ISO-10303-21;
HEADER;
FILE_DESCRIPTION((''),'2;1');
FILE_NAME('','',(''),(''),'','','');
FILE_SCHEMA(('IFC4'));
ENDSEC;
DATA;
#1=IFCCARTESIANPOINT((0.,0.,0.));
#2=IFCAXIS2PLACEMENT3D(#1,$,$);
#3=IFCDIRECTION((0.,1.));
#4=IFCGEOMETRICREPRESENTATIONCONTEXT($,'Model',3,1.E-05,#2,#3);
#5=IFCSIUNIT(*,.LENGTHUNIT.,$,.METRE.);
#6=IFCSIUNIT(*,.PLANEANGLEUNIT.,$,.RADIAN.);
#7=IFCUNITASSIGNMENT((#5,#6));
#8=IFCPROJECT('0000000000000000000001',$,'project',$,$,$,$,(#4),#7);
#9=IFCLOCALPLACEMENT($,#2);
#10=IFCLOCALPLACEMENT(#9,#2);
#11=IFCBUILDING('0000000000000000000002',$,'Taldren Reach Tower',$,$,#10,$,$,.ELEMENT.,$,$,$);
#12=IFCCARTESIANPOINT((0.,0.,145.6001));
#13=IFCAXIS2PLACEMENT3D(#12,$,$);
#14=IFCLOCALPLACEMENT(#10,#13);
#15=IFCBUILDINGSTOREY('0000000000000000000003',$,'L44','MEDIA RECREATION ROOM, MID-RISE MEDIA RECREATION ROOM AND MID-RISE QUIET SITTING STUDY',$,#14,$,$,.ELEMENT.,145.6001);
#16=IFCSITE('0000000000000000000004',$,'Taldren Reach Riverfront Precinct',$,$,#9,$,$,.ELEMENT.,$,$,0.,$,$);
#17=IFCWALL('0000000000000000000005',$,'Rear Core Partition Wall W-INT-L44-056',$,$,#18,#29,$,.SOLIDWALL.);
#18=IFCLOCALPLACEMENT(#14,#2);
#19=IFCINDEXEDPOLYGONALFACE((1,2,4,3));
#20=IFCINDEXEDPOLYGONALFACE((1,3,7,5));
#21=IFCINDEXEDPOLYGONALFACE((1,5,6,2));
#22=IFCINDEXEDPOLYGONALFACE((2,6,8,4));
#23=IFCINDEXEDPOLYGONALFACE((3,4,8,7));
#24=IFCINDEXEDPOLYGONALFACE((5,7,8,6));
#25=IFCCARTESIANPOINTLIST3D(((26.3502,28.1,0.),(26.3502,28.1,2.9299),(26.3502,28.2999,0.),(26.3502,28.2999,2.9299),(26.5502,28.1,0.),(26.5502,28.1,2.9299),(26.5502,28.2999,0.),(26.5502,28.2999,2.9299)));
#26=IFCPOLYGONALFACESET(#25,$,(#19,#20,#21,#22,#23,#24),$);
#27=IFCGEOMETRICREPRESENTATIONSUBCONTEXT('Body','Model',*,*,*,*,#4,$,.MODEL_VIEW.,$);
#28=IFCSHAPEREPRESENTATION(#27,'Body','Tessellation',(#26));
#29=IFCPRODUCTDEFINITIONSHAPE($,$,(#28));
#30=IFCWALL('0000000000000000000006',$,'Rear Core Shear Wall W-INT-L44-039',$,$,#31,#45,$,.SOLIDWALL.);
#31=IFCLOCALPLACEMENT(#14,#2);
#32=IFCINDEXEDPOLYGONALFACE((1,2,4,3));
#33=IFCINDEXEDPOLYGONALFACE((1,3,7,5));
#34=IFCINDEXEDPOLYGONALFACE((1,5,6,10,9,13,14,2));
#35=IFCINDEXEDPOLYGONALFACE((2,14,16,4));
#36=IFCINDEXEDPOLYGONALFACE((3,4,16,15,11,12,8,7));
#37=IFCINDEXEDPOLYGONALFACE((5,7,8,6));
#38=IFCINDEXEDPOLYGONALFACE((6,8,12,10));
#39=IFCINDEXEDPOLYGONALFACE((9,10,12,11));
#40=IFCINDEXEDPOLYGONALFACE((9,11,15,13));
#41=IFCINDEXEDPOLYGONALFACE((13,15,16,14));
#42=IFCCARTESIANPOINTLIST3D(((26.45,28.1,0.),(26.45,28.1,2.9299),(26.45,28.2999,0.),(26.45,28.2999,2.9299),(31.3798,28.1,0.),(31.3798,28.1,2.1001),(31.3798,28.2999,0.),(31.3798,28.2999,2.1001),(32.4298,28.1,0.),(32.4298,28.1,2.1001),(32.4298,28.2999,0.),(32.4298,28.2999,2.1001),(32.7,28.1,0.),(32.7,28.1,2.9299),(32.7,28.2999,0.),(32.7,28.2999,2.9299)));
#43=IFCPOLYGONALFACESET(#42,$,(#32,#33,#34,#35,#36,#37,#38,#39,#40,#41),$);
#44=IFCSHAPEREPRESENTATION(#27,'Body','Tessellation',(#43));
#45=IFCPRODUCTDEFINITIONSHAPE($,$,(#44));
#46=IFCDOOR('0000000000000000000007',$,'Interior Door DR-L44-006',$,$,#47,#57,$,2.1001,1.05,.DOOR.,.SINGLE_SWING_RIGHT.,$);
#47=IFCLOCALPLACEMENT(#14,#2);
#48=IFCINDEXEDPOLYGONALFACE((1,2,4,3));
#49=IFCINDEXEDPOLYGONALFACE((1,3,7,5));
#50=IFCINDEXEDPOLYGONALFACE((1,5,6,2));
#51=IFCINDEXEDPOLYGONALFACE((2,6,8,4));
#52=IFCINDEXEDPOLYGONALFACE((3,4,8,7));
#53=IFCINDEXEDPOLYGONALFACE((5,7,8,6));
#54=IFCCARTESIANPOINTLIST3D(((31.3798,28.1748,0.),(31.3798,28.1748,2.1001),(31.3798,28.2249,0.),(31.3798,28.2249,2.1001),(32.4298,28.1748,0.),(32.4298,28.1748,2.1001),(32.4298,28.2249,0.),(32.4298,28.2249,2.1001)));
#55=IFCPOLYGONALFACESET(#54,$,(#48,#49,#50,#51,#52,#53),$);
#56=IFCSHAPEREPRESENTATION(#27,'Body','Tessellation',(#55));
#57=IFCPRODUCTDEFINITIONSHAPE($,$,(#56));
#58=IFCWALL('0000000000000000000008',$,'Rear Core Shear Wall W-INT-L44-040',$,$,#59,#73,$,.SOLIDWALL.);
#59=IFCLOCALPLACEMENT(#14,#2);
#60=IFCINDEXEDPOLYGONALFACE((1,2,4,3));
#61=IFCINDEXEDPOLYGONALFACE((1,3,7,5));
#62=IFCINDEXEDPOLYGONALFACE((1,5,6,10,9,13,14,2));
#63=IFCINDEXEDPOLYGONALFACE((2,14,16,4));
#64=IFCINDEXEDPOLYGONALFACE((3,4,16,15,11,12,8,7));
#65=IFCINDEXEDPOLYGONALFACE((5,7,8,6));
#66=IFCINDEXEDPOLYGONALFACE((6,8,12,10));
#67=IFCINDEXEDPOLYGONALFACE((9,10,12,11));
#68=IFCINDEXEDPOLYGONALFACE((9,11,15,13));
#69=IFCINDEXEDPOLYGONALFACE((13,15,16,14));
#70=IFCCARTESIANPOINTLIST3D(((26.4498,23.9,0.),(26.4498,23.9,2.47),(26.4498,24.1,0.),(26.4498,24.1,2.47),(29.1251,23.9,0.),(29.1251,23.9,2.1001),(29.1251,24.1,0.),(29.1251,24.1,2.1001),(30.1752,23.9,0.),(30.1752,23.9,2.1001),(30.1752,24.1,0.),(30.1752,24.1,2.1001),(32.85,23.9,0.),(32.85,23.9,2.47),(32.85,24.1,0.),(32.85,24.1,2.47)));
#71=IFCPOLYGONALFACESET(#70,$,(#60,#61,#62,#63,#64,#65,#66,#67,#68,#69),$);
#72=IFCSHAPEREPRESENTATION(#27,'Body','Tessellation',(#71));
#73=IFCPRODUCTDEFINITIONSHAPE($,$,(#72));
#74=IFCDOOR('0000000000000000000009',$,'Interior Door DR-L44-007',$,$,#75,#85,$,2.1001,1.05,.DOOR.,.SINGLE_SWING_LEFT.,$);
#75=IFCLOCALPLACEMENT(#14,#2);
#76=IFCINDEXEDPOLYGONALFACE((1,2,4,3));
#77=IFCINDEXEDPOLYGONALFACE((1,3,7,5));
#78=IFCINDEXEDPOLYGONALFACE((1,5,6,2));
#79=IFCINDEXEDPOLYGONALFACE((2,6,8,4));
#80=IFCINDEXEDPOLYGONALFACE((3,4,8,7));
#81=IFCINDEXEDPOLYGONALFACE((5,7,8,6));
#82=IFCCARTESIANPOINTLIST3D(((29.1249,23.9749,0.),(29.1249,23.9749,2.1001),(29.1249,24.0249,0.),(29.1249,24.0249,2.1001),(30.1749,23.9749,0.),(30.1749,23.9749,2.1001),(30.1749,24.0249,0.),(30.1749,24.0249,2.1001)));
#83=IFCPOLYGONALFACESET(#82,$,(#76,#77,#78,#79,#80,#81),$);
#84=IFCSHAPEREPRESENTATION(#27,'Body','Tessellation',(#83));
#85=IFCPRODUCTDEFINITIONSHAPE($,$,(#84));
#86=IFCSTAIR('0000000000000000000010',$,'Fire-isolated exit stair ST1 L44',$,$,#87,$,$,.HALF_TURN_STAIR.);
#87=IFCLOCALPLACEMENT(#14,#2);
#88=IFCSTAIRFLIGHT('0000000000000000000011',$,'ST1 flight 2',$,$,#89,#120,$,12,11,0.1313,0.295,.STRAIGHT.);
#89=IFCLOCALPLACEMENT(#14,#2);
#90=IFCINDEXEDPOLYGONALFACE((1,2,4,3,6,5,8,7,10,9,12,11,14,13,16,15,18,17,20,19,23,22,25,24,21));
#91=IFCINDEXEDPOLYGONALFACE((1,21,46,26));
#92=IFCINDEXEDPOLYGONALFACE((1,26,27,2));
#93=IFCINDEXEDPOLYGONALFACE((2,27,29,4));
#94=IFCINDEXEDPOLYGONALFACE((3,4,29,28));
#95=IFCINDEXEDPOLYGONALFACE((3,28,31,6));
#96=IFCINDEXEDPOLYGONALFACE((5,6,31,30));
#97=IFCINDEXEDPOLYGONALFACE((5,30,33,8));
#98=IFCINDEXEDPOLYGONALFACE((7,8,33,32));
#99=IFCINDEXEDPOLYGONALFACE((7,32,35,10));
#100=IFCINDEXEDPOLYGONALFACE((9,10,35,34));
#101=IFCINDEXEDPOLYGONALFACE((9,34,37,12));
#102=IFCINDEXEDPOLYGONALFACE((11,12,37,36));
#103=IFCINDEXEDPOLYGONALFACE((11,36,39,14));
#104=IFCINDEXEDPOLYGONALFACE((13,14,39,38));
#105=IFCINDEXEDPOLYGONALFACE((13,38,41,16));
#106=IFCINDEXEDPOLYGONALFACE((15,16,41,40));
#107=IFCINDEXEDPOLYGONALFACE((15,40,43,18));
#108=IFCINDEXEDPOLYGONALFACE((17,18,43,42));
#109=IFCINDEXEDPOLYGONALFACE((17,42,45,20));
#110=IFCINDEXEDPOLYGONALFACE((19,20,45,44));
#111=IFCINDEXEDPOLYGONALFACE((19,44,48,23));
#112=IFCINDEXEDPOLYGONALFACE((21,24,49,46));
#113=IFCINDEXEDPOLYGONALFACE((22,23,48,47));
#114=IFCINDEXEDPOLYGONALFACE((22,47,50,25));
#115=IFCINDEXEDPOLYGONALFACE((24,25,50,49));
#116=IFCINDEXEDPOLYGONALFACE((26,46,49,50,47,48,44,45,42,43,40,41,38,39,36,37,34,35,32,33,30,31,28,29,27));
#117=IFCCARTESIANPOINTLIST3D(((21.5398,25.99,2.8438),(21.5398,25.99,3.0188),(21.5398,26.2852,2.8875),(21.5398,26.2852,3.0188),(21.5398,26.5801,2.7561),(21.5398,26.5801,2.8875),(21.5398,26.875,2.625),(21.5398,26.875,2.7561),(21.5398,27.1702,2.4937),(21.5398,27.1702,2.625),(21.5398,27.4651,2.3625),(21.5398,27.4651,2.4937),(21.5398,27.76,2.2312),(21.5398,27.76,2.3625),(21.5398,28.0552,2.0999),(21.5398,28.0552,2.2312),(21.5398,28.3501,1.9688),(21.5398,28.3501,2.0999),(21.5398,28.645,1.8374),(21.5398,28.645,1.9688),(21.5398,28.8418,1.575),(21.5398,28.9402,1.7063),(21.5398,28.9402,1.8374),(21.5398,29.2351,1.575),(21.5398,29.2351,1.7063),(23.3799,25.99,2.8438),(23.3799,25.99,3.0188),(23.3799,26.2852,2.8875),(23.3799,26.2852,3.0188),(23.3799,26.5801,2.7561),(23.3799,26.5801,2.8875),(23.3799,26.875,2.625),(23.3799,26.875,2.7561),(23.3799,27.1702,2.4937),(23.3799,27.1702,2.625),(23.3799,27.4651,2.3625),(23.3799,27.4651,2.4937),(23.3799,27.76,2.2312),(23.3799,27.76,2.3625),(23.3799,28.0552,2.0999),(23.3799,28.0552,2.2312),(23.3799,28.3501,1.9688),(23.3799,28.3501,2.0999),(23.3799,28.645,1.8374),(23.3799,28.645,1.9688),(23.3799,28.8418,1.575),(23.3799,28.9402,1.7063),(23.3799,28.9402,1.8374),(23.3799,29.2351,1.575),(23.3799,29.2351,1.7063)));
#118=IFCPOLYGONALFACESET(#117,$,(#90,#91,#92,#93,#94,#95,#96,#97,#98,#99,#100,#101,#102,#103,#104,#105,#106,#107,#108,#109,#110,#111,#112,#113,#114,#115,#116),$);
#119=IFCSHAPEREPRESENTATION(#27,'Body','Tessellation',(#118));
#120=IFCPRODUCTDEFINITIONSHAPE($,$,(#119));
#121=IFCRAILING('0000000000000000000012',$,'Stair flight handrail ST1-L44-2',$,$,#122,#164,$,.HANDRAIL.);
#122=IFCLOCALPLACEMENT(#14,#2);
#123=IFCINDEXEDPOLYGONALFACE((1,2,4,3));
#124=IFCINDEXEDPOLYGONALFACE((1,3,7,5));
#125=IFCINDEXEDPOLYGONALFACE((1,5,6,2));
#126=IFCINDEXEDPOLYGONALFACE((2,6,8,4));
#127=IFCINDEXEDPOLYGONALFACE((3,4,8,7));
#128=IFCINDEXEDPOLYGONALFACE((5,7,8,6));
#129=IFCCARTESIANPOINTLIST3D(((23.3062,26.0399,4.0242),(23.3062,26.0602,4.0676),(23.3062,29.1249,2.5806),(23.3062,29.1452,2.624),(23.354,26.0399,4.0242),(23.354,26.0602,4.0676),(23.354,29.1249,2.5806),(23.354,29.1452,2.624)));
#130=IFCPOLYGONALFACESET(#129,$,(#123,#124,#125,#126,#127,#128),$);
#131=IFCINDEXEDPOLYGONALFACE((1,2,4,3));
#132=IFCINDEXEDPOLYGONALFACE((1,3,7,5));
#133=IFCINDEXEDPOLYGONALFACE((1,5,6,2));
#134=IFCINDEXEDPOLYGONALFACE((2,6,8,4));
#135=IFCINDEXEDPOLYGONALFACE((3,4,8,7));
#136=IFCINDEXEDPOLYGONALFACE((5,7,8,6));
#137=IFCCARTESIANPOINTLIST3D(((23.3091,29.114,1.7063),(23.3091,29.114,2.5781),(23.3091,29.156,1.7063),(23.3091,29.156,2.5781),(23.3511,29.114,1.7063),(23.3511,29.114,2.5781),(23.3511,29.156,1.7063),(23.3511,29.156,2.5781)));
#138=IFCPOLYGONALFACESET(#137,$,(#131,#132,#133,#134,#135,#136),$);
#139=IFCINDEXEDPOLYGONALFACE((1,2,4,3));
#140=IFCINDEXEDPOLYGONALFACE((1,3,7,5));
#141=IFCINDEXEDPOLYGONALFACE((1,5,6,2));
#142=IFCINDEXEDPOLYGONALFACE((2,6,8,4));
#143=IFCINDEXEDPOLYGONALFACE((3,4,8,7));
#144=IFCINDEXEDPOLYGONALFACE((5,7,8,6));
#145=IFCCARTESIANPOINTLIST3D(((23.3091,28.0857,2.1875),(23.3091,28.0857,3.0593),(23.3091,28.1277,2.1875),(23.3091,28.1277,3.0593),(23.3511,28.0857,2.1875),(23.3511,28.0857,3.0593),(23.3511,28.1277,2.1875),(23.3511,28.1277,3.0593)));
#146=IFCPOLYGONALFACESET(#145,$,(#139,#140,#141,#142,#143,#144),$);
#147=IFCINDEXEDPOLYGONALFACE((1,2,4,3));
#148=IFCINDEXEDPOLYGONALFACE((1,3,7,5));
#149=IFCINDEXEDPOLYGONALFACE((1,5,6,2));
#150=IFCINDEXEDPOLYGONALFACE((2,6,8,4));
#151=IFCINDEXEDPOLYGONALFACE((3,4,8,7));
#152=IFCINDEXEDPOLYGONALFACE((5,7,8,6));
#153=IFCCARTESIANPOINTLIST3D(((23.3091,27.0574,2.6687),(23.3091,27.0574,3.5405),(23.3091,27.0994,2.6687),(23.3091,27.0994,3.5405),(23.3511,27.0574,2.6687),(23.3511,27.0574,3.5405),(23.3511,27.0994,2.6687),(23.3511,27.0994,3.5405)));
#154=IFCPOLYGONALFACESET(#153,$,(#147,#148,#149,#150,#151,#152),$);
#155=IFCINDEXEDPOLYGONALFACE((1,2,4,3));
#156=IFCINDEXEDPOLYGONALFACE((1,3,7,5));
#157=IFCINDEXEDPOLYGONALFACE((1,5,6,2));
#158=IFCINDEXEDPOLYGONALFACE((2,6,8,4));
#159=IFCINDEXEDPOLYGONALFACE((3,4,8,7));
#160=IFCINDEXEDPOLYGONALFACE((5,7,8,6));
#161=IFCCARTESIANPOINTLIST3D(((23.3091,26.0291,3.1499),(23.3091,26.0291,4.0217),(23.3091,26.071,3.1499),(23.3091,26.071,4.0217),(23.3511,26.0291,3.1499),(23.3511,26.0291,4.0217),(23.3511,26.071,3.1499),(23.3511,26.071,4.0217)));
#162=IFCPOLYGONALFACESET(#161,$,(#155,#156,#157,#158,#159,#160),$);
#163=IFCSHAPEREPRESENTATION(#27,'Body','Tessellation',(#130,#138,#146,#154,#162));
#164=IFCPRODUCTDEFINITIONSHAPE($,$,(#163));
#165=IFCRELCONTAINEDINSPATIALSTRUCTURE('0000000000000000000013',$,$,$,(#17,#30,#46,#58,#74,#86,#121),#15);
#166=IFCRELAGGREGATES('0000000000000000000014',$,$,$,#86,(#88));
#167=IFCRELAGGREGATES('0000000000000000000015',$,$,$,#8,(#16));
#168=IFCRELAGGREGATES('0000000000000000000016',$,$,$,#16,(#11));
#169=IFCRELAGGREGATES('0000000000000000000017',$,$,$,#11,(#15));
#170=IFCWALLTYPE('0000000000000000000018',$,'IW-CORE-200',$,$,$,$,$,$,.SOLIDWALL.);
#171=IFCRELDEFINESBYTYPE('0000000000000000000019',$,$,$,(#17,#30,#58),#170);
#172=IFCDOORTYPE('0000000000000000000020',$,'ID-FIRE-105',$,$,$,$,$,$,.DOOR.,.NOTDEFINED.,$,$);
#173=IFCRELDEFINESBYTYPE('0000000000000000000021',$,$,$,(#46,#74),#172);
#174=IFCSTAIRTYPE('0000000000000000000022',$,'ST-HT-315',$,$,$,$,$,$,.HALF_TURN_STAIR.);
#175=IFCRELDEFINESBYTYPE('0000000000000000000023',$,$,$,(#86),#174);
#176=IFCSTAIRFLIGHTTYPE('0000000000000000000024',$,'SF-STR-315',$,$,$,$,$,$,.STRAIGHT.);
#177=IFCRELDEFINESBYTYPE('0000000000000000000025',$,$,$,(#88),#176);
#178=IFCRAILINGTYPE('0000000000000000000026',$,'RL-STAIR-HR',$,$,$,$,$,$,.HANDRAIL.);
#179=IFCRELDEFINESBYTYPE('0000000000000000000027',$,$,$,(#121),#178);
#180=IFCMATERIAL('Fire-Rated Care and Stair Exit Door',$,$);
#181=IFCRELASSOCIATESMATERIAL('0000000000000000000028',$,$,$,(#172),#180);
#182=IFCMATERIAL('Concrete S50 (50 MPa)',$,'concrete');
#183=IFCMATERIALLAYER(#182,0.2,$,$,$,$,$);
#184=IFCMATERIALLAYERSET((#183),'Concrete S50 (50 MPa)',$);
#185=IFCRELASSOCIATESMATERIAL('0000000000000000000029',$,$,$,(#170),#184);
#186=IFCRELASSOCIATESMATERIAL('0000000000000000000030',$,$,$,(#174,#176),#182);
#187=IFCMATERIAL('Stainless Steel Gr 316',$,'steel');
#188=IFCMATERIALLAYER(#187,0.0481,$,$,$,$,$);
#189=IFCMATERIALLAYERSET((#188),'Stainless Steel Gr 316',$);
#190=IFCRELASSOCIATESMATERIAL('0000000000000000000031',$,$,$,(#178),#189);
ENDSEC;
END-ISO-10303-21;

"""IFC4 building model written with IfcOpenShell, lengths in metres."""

from ifc_helpers import new_model, si_unit, direction, frame, frame_2d, origin, origin_2d, place, context, subcontext, project, spatial, polyline, rectangle, outline, extrude, source, transform, mapped, material, layer, layer_set, type_object, element, fill, aggregate, save


model = new_model("IFC4")

# Units and contexts
model_context = context("Model", 3, precision=1e-05, world=origin(), true_north=direction((0.0, 1.0)))
body_context = subcontext(model_context, "Body", "Model", "MODEL_VIEW")
ifc_project = project(units=[si_unit("LENGTHUNIT", "METRE"), si_unit("PLANEANGLEUNIT", "RADIAN")], contexts=[model_context])

# Site, building, storey
site_placement = place(None, origin())
site = spatial("IfcSite", under=ifc_project, at=site_placement, Name="Taldren Reach Riverfront Precinct", CompositionType="ELEMENT", RefElevation=0.0)
building_placement = place(site_placement, origin())
building = spatial("IfcBuilding", under=site, at=building_placement, Name="Taldren Reach Tower", CompositionType="ELEMENT")
storey_placement = place(building_placement, frame((0.0, 0.0, 145.6001)))
storey = spatial("IfcBuildingStorey", under=building, at=storey_placement, Name="L44", Description="MEDIA RECREATION ROOM, MID-RISE MEDIA RECREATION ROOM AND MID-RISE QUIET SITTING STUDY", CompositionType="ELEMENT", Elevation=145.6001)

# Shared definitions
ifc_material_1 = material(Name="Fire-Rated Care and Stair Exit Door")
door_type_1 = type_object("IfcDoorType", Name="ID-FIRE-105", OperationType="NOTDEFINED", PredefinedType="DOOR", material=ifc_material_1)
shared_shape_1 = source(origin(), body_context, "Body", "SweptSolid", [
    extrude(rectangle(XDim=1.05, YDim=2.1001, at=frame_2d((0.5249, 1.05))), frame((0.0, 0.0249, 0.0), z_axis=(0.0, -1.0, 0.0), x_axis=(1.0, 0.0, 0.0)), (0.0, 0.0, 1.0), 0.05),
])

# Shared definitions
ifc_material_2 = material(Name="Concrete S50 (50 MPa)", Category="concrete")
ifc_layer_1 = layer(ifc_material_2, 0.2)
ifc_layer_set_1 = layer_set([ifc_layer_1], Name="Concrete S50 (50 MPa)")
wall_type_1 = type_object("IfcWallType", Name="IW-CORE-200", PredefinedType="SOLIDWALL", material=ifc_layer_set_1)

# Shared definitions
shared_shape_2 = source(origin(), body_context, "Body", "SweptSolid", [
    extrude(rectangle(XDim=1.05, YDim=2.1001, at=frame_2d((0.5249, 1.05))), frame((0.0, 0.1099, 0.0), z_axis=(0.0, -1.0, 0.0), x_axis=(1.0, 0.0, 0.0)), (0.0, 0.0, 1.0), 0.22),
])

# Wall
shared_shape_3 = source(origin(), body_context, "Body", "SweptSolid", [
    extrude(rectangle(XDim=0.2, YDim=0.2, at=frame_2d((0.1001, 0.0))), origin(), (0.0, 0.0, 1.0), 2.9299),
])
wall_1_placement = place(storey_placement, frame((26.3501, 28.2, 0.0), z_axis=(0.0, 0.0, 1.0), x_axis=(1.0, 0.0, 0.0)))
element("IfcWall", 1, at=wall_1_placement, inside=storey, type_object=wall_type_1, Name="Rear Core Partition Wall W-INT-L44-056", PredefinedType="SOLIDWALL", context=body_context, shape_type="MappedRepresentation", body=[
    mapped(shared_shape_3, transform((0.0, 0.0, 0.0), scale=1.0)),
])

# Walls, openings, doors
shared_shape_4 = source(origin(), body_context, "Body", "SweptSolid", [
    extrude(rectangle(XDim=6.25, YDim=0.2, at=frame_2d((3.125, 0.0))), origin(), (0.0, 0.0, 1.0), 2.9299),
])
wall_2_placement = place(storey_placement, frame((26.45, 28.2, 0.0), z_axis=(0.0, 0.0, 1.0), x_axis=(1.0, 0.0, 0.0)))
wall_2 = element("IfcWall", 2, at=wall_2_placement, inside=storey, type_object=wall_type_1, Name="Rear Core Shear Wall W-INT-L44-039", PredefinedType="SOLIDWALL", context=body_context, shape_type="MappedRepresentation", body=[
    mapped(shared_shape_4, transform((0.0, 0.0, 0.0), scale=1.0)),
])
opening_1_placement = place(wall_2_placement, frame((4.9299, 0.0, 0.0)))
opening_1 = element("IfcOpeningElement", 3, at=opening_1_placement, cuts=wall_2, PredefinedType="OPENING", context=body_context, shape_type="MappedRepresentation", body=[
    mapped(shared_shape_2, transform((0.0, 0.0, 0.0), scale=1.0)),
])
door_1_placement = place(opening_1_placement, origin())
door_1 = element("IfcDoor", 4, at=door_1_placement, inside=storey, type_object=door_type_1, Name="Interior Door DR-L44-006", OperationType="SINGLE_SWING_RIGHT", OverallHeight=2.1001, OverallWidth=1.05, PredefinedType="DOOR", context=body_context, shape_type="MappedRepresentation", body=[
    mapped(shared_shape_1, transform((0.0, 0.0, 0.0), scale=1.0)),
])
fill(opening_1, door_1)
shared_shape_5 = source(origin(), body_context, "Body", "SweptSolid", [
    extrude(rectangle(XDim=6.4001, YDim=0.2, at=frame_2d((3.2002, 0.0))), origin(), (0.0, 0.0, 1.0), 2.47),
])
wall_3_placement = place(storey_placement, frame((32.8501, 24.0, 0.0), z_axis=(0.0, 0.0, 1.0), x_axis=(-1.0, 0.0, 0.0)))
wall_3 = element("IfcWall", 5, at=wall_3_placement, inside=storey, type_object=wall_type_1, Name="Rear Core Shear Wall W-INT-L44-040", PredefinedType="SOLIDWALL", context=body_context, shape_type="MappedRepresentation", body=[
    mapped(shared_shape_5, transform((0.0, 0.0, 0.0), scale=1.0)),
])
opening_2_placement = place(wall_3_placement, frame((2.675, 0.0, 0.0)))
opening_2 = element("IfcOpeningElement", 6, at=opening_2_placement, cuts=wall_3, PredefinedType="OPENING", context=body_context, shape_type="MappedRepresentation", body=[
    mapped(shared_shape_2, transform((0.0, 0.0, 0.0), scale=1.0)),
])
door_2_placement = place(opening_2_placement, frame((1.05, 0.0, 0.0), z_axis=(0.0, 0.0, 1.0), x_axis=(-1.0, 0.0, 0.0)))
door_2 = element("IfcDoor", 7, at=door_2_placement, inside=storey, type_object=door_type_1, Name="Interior Door DR-L44-007", OperationType="SINGLE_SWING_LEFT", OverallHeight=2.1001, OverallWidth=1.05, PredefinedType="DOOR", context=body_context, shape_type="MappedRepresentation", body=[
    mapped(shared_shape_1, transform((0.0, 0.0, 0.0), scale=1.0)),
])
fill(opening_2, door_2)

# Stair, stair flight
stair_type = type_object("IfcStairType", Name="ST-HT-315", PredefinedType="HALF_TURN_STAIR", material=ifc_material_2)
stair_placement = place(storey_placement, origin())
stair = element("IfcStair", 8, at=stair_placement, inside=storey, type_object=stair_type, Name="Fire-isolated exit stair ST1 L44", PredefinedType="HALF_TURN_STAIR")
stair_flight_type = type_object("IfcStairFlightType", Name="SF-STR-315", PredefinedType="STRAIGHT", material=ifc_material_2)
stair_flight_placement = place(storey_placement, frame((22.46, 29.2351, 1.575), z_axis=(0.0, 0.0, 1.0), x_axis=(0.0, -1.0, 0.0)))
stair_flight = element("IfcStairFlight", 9, at=stair_flight_placement, type_object=stair_flight_type, Name="ST1 flight 2", NumberOfRisers=12, NumberOfTreads=11, PredefinedType="STRAIGHT", RiserHeight=0.1313, TreadLength=0.295, context=body_context, shape_type="SweptSolid", body=[
    extrude(outline(polyline([(0.0, 0.0), (0.0, 0.1313), (0.2949, 0.1313), (0.2949, 0.2625), (0.5901, 0.2625), (0.5901, 0.3938), (0.885, 0.3938), (0.885, 0.5249), (1.1799, 0.5249), (1.1799, 0.6562), (1.4751, 0.6562), (1.4751, 0.7876), (1.77, 0.7876), (1.77, 0.9187), (2.0649, 0.9187), (2.0649, 1.05), (2.3601, 1.05), (2.3601, 1.1812), (2.655, 1.1812), (2.655, 1.3125), (2.95, 1.3125), (2.95, 1.4438), (3.2451, 1.4438), (3.2451, 1.575), (3.2451, 1.2688), (0.3933, 0.0), (0.0, 0.0)])), frame((0.0, 0.9199, 0.0), z_axis=(0.0, -1.0, 0.0), x_axis=(1.0, 0.0, 0.0)), (0.0, 0.0, 1.0), 1.8401),
])
aggregate(stair, [stair_flight])

# Railing
ifc_material_3 = material(Name="Stainless Steel Gr 316", Category="steel")
ifc_layer_2 = layer(ifc_material_3, 0.0481)
ifc_layer_set_2 = layer_set([ifc_layer_2], Name="Stainless Steel Gr 316")
railing_type = type_object("IfcRailingType", Name="RL-STAIR-HR", PredefinedType="HANDRAIL", material=ifc_layer_set_2)
railing_placement = place(storey_placement, frame((23.3301, 29.135, 1.7063)))
element("IfcRailing", 10, at=railing_placement, inside=storey, type_object=railing_type, Name="Stair flight handrail ST1-L44-2", PredefinedType="HANDRAIL", context=body_context, shape_type="SweptSolid", body=[
    extrude(rectangle(XDim=0.0479, YDim=0.0479, at=origin_2d()), frame((0.0, 0.0, 0.896), z_axis=(0.0, -0.905738, 0.423839), x_axis=(1.0, 0.0, 0.0)), (0.0, 0.0, 1.0), 3.406),
    extrude(rectangle(XDim=0.042, YDim=0.042, at=origin_2d()), origin(), (0.0, 0.0, 1.0), 0.8718),
    extrude(rectangle(XDim=0.042, YDim=0.042, at=origin_2d()), frame((0.0, -1.0283, 0.4812)), (0.0, 0.0, 1.0), 0.8718),
    extrude(rectangle(XDim=0.042, YDim=0.042, at=origin_2d()), frame((0.0, -2.0566, 0.9624)), (0.0, 0.0, 1.0), 0.8718),
    extrude(rectangle(XDim=0.042, YDim=0.042, at=origin_2d()), frame((0.0, -3.085, 1.4436)), (0.0, 0.0, 1.0), 0.8718),
])

save(model, "model.ifc")
